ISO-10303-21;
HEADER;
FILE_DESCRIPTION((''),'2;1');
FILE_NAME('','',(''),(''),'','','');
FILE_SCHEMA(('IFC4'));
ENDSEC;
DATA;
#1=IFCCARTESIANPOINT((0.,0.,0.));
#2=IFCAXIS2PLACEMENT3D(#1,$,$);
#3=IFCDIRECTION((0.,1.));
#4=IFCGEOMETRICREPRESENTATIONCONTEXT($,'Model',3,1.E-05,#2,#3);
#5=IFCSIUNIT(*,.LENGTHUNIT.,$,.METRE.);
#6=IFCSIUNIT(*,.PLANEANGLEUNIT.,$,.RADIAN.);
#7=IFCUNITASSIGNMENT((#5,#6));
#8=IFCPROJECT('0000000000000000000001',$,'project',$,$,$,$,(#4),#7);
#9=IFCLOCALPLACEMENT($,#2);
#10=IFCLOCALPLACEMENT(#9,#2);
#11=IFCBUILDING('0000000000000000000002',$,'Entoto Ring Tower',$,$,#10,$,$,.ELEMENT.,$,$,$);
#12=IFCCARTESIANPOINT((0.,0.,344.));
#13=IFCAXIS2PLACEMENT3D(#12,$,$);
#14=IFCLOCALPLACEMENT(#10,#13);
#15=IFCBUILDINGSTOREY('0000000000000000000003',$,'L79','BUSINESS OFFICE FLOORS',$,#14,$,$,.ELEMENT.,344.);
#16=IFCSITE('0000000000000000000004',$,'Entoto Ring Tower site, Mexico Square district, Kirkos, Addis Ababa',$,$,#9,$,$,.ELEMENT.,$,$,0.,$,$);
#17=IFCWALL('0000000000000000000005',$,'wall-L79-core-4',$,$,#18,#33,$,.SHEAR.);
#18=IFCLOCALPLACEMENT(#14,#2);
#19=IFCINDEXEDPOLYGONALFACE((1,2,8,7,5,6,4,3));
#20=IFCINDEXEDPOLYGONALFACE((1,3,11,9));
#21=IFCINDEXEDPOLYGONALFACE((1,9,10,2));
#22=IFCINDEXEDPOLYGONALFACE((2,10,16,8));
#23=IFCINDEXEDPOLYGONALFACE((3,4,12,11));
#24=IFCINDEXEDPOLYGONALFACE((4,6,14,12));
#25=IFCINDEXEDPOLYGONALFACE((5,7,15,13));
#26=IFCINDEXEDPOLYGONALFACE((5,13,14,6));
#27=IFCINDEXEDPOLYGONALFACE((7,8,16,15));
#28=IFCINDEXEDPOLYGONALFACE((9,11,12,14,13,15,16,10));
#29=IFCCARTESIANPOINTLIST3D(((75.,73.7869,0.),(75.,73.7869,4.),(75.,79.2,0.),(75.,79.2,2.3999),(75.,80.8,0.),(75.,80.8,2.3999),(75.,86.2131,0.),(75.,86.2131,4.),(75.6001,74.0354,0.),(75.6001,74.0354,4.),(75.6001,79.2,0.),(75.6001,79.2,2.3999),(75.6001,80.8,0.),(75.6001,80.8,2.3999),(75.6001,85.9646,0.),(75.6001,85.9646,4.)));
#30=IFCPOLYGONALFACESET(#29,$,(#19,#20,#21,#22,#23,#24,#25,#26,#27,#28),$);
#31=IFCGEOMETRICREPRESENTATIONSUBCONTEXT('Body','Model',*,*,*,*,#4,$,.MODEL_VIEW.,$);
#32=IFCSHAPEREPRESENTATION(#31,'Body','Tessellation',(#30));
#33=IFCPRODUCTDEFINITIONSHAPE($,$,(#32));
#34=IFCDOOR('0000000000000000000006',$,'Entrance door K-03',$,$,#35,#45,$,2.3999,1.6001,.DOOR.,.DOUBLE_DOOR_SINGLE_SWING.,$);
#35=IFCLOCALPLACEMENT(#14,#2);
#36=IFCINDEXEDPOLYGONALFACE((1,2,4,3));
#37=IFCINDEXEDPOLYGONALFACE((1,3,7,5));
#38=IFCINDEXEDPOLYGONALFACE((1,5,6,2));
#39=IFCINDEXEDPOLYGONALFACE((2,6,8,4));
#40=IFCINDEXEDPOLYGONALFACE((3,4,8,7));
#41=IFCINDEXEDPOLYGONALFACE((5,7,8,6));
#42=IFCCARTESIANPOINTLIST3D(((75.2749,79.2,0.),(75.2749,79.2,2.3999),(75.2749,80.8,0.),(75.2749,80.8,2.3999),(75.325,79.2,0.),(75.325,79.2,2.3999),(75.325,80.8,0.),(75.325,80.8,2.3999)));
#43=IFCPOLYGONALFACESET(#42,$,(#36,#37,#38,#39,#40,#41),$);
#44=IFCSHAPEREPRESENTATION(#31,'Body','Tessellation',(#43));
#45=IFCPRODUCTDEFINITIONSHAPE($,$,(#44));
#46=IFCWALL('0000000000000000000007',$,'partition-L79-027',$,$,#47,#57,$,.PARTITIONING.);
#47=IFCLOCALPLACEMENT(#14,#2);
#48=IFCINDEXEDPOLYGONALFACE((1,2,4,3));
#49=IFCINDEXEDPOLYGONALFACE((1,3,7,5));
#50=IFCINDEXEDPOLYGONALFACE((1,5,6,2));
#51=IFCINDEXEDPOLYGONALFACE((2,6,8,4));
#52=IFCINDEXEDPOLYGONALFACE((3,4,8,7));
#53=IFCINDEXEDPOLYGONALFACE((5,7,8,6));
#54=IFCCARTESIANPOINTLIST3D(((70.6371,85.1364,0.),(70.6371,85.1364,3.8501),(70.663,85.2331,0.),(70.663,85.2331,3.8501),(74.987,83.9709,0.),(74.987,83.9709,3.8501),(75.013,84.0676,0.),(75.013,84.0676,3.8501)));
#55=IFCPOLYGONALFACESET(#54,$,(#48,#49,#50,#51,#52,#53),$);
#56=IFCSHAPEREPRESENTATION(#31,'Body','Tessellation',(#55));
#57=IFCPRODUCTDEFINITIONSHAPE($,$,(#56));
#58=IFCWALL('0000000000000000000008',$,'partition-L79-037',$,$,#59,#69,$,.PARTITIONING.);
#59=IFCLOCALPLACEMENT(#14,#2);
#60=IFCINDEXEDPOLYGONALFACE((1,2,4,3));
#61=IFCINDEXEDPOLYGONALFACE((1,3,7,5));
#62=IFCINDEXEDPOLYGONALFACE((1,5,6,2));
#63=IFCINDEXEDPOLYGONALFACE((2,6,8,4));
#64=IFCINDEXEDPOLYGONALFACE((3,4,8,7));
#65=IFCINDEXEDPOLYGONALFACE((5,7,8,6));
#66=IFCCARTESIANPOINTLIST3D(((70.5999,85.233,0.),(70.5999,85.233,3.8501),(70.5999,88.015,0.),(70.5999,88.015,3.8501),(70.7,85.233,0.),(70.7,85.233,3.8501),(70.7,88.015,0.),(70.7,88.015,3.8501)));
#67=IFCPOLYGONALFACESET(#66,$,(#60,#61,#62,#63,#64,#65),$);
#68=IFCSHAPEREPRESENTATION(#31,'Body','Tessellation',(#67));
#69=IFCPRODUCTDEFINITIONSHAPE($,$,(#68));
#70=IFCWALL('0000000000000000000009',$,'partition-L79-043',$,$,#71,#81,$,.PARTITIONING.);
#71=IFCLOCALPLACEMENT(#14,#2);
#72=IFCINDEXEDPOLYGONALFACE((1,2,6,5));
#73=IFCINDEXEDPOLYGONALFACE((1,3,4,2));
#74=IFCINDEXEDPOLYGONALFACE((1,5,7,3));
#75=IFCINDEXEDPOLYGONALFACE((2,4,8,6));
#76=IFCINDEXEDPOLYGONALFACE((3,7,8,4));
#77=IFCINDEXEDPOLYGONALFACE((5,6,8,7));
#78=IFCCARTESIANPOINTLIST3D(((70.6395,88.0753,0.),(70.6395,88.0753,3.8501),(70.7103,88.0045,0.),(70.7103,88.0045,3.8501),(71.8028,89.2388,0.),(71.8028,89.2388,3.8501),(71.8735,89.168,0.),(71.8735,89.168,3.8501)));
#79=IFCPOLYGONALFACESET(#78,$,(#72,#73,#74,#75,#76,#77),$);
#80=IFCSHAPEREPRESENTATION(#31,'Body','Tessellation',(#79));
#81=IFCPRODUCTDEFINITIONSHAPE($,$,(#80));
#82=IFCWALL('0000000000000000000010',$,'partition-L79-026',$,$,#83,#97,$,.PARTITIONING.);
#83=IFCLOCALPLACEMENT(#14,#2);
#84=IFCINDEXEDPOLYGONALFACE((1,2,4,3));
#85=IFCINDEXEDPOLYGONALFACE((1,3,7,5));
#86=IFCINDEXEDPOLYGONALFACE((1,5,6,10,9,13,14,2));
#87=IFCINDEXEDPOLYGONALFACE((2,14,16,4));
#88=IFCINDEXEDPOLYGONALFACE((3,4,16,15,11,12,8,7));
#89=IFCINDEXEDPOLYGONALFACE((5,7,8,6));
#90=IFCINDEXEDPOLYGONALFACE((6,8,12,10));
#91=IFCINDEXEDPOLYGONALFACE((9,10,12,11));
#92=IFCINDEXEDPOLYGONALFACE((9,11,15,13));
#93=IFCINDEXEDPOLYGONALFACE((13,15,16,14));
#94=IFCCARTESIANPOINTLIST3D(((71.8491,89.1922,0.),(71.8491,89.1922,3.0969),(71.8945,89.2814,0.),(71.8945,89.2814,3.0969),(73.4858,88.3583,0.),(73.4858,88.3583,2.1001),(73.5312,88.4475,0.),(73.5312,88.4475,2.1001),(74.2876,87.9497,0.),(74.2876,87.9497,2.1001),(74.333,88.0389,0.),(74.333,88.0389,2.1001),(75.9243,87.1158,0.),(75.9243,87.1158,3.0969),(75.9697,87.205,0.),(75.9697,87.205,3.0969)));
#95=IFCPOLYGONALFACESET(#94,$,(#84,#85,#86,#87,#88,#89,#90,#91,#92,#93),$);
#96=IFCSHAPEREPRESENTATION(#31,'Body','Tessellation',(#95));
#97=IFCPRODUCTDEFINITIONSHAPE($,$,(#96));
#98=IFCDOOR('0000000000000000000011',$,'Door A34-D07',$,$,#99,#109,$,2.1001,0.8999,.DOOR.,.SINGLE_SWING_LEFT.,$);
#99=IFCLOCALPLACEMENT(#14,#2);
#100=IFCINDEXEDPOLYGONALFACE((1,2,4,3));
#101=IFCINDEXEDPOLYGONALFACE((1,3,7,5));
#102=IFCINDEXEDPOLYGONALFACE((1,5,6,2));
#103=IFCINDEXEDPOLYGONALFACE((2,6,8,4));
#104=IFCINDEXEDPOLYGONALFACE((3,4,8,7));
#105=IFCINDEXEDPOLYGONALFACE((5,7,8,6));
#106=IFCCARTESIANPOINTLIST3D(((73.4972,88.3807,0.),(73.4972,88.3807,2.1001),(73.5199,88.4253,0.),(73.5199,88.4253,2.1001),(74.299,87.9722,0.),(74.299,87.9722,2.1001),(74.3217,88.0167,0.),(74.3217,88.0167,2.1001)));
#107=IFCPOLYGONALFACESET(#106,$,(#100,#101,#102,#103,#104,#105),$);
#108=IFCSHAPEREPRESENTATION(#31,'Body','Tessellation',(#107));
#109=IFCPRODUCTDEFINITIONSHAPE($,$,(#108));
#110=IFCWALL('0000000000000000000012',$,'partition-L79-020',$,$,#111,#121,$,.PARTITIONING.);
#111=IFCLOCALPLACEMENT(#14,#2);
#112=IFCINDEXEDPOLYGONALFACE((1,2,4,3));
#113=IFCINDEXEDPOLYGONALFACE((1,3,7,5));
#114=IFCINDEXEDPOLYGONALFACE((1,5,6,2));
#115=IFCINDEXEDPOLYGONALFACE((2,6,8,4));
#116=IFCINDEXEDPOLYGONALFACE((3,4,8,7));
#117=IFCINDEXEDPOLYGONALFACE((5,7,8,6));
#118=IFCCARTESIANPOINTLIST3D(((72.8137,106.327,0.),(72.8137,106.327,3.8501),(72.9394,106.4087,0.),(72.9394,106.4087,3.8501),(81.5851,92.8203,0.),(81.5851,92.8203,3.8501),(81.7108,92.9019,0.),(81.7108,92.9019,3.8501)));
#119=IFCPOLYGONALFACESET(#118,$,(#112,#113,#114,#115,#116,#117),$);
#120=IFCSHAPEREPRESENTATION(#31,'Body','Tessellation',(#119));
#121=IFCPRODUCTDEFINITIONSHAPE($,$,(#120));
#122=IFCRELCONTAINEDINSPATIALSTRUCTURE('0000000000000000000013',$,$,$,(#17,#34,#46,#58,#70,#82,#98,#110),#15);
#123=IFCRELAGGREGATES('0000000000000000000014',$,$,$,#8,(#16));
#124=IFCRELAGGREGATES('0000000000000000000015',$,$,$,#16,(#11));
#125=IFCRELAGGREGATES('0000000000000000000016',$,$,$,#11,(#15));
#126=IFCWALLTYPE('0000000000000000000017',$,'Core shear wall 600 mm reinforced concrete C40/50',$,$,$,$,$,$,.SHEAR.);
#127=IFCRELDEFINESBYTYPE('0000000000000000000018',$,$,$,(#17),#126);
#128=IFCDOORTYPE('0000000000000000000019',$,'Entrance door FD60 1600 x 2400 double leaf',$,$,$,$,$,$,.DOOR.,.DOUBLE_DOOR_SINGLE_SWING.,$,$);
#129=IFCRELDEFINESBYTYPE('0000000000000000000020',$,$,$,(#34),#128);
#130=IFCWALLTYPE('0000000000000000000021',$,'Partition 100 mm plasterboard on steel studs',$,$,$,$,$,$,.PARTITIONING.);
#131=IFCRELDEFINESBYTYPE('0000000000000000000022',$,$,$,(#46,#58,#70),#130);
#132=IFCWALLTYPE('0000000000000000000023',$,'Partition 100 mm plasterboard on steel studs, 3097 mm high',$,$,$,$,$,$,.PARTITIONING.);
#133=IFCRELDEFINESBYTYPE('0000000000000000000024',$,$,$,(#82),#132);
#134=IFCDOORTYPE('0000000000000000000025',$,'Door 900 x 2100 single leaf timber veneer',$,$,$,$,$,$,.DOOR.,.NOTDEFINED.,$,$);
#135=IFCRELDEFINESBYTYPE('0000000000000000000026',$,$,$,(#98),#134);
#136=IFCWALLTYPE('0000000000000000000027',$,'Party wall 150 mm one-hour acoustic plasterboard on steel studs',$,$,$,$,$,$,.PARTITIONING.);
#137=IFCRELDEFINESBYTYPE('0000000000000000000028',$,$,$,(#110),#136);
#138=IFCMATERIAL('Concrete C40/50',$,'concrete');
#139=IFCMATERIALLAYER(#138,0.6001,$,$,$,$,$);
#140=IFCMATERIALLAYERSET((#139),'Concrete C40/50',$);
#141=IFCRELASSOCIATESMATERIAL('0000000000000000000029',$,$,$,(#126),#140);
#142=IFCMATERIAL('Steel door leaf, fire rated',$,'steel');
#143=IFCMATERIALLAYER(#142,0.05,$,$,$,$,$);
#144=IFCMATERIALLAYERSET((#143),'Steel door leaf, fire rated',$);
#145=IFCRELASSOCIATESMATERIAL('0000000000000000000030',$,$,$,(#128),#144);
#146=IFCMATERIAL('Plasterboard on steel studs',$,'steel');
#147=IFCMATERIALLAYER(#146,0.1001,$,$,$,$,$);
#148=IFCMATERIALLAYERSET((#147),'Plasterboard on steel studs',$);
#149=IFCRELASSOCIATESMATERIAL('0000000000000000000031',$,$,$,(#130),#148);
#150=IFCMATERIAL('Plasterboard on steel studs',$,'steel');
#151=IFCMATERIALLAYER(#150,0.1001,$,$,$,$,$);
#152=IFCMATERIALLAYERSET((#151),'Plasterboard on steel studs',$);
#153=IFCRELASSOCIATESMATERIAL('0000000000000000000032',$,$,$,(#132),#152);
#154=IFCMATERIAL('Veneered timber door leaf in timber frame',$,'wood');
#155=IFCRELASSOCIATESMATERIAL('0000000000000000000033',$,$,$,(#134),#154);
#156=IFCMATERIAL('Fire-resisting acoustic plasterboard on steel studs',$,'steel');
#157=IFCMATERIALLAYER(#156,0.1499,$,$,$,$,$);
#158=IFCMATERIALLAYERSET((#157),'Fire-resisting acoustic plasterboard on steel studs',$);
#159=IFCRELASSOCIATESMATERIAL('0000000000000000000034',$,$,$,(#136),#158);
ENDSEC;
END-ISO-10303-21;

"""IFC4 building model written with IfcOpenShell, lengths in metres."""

from ifc_helpers import new_model, si_unit, direction, frame, frame_2d, origin, place, context, subcontext, project, spatial, polyline, rectangle, outline, extrude, material, layer, layer_set, type_object, element, fill, save


model = new_model("IFC4")

# Units and contexts
model_context = context("Model", 3, precision=1e-05, world=origin(), true_north=direction((0.0, 1.0)))
body_context = subcontext(model_context, "Body", "Model", "MODEL_VIEW")
ifc_project = project(units=[si_unit("LENGTHUNIT", "METRE"), si_unit("PLANEANGLEUNIT", "RADIAN")], contexts=[model_context])

# Site, building, storey
site_placement = place(None, origin())
site = spatial("IfcSite", under=ifc_project, at=site_placement, Name="Entoto Ring Tower site, Mexico Square district, Kirkos, Addis Ababa", CompositionType="ELEMENT", RefElevation=0.0)
building_placement = place(site_placement, origin())
building = spatial("IfcBuilding", under=site, at=building_placement, Name="Entoto Ring Tower", CompositionType="ELEMENT")
storey_placement = place(building_placement, frame((0.0, 0.0, 344.0)))
storey = spatial("IfcBuildingStorey", under=building, at=storey_placement, Name="L79", Description="BUSINESS OFFICE FLOORS", CompositionType="ELEMENT", Elevation=344.0)

# Shared definitions
ifc_material_1 = material(Name="Concrete C40/50", Category="concrete")
ifc_layer_1 = layer(ifc_material_1, 0.6001)
ifc_layer_set_1 = layer_set([ifc_layer_1], Name="Concrete C40/50")
wall_type_1 = type_object("IfcWallType", Name="Core shear wall 600 mm reinforced concrete C40/50", PredefinedType="SHEAR", material=ifc_layer_set_1)

# Wall, opening, door
wall_1_placement = place(storey_placement, frame((75.3, 86.0889, 0.0), z_axis=(0.0, 0.0, 1.0), x_axis=(0.0, -1.0, 0.0)))
wall_1 = element("IfcWall", 1, at=wall_1_placement, inside=storey, type_object=wall_type_1, Name="wall-L79-core-4", PredefinedType="SHEAR", context=body_context, shape_type="SweptSolid", body=[
    extrude(outline(polyline([(-0.1243, -0.3), (12.302, -0.3), (12.0535, 0.3), (0.1243, 0.3), (-0.1243, -0.3)])), origin(), (0.0, 0.0, 1.0), 4.0),
])
opening_1_placement = place(wall_1_placement, frame((5.2888, 0.0, 0.0)))
opening_1 = element("IfcOpeningElement", 2, at=opening_1_placement, cuts=wall_1, PredefinedType="OPENING", context=body_context, shape_type="SweptSolid", body=[
    extrude(rectangle(XDim=1.6001, YDim=2.3999, at=frame_2d((0.8, 1.2))), frame((0.0, 0.3101, 0.0), z_axis=(0.0, -1.0, 0.0), x_axis=(1.0, 0.0, 0.0)), (0.0, 0.0, 1.0), 0.6201),
])
ifc_material_2 = material(Name="Steel door leaf, fire rated", Category="steel")
ifc_layer_2 = layer(ifc_material_2, 0.05)
ifc_layer_set_2 = layer_set([ifc_layer_2], Name="Steel door leaf, fire rated")
door_type_1 = type_object("IfcDoorType", Name="Entrance door FD60 1600 x 2400 double leaf", OperationType="DOUBLE_DOOR_SINGLE_SWING", PredefinedType="DOOR", material=ifc_layer_set_2)
door_1_placement = place(opening_1_placement, origin())
door_1 = element("IfcDoor", 3, at=door_1_placement, inside=storey, type_object=door_type_1, Name="Entrance door K-03", OperationType="DOUBLE_DOOR_SINGLE_SWING", OverallHeight=2.3999, OverallWidth=1.6001, PredefinedType="DOOR", context=body_context, shape_type="SweptSolid", body=[
    extrude(rectangle(XDim=1.6001, YDim=2.3999, at=frame_2d((0.8, 1.2))), frame((0.0, 0.0249, 0.0), z_axis=(0.0, -1.0, 0.0), x_axis=(1.0, 0.0, 0.0)), (0.0, 0.0, 1.0), 0.05),
])
fill(opening_1, door_1)

# Walls
ifc_material_3 = material(Name="Plasterboard on steel studs", Category="steel")
ifc_layer_3 = layer(ifc_material_3, 0.1001)
ifc_layer_set_3 = layer_set([ifc_layer_3], Name="Plasterboard on steel studs")
wall_type_2 = type_object("IfcWallType", Name="Partition 100 mm plasterboard on steel studs", PredefinedType="PARTITIONING", material=ifc_layer_set_3)
wall_2_placement = place(storey_placement, frame((75.0, 84.0193, 0.0), z_axis=(0.0, 0.0, 1.0), x_axis=(-0.96593, 0.258803, 0.0)))
element("IfcWall", 4, at=wall_2_placement, inside=storey, type_object=wall_type_2, Name="partition-L79-027", PredefinedType="PARTITIONING", context=body_context, shape_type="SweptSolid", body=[
    extrude(rectangle(XDim=4.5034, YDim=0.1001, at=frame_2d((2.2517, 0.0))), origin(), (0.0, 0.0, 1.0), 3.8501),
])
wall_3_placement = place(storey_placement, frame((70.6499, 85.2329, 0.0), z_axis=(0.0, 0.0, 1.0), x_axis=(0.0, 1.0, 0.0)))
element("IfcWall", 5, at=wall_3_placement, inside=storey, type_object=wall_type_2, Name="partition-L79-037", PredefinedType="PARTITIONING", context=body_context, shape_type="SweptSolid", body=[
    extrude(rectangle(XDim=2.782, YDim=0.1001, at=frame_2d((1.3911, 0.0))), origin(), (0.0, 0.0, 1.0), 3.8501),
])
wall_4_placement = place(storey_placement, frame((70.6748, 88.0398, 0.0), z_axis=(0.0, 0.0, 1.0), x_axis=(0.707033, 0.707181, 0.0)))
element("IfcWall", 6, at=wall_4_placement, inside=storey, type_object=wall_type_2, Name="partition-L79-043", PredefinedType="PARTITIONING", context=body_context, shape_type="SweptSolid", body=[
    extrude(rectangle(XDim=1.6453, YDim=0.1001, at=frame_2d((0.8228, 0.0))), origin(), (0.0, 0.0, 1.0), 3.8501),
])

# Wall, opening, door
ifc_material_4 = material(Name="Plasterboard on steel studs", Category="steel")
ifc_layer_4 = layer(ifc_material_4, 0.1001)
ifc_layer_set_4 = layer_set([ifc_layer_4], Name="Plasterboard on steel studs")
wall_type_3 = type_object("IfcWallType", Name="Partition 100 mm plasterboard on steel studs, 3097 mm high", PredefinedType="PARTITIONING", material=ifc_layer_set_4)
wall_5_placement = place(storey_placement, frame((75.947, 87.1604, 0.0), z_axis=(0.0, 0.0, 1.0), x_axis=(-0.891006, 0.453991, 0.0)))
wall_5 = element("IfcWall", 7, at=wall_5_placement, inside=storey, type_object=wall_type_3, Name="partition-L79-026", PredefinedType="PARTITIONING", context=body_context, shape_type="SweptSolid", body=[
    extrude(rectangle(XDim=4.5737, YDim=0.1001, at=frame_2d((2.2869, 0.0))), origin(), (0.0, 0.0, 1.0), 3.0969),
])
opening_2_placement = place(wall_5_placement, frame((1.8369, 0.0, 0.0)))
opening_2 = element("IfcOpeningElement", 8, at=opening_2_placement, cuts=wall_5, PredefinedType="OPENING", context=body_context, shape_type="SweptSolid", body=[
    extrude(rectangle(XDim=0.8999, YDim=2.1001, at=frame_2d((0.45, 1.05))), frame((0.0, 0.0601, 0.0), z_axis=(0.0, -1.0, 0.0), x_axis=(1.0, 0.0, 0.0)), (0.0, 0.0, 1.0), 0.1201),
])
ifc_material_5 = material(Name="Veneered timber door leaf in timber frame", Category="wood")
door_type_2 = type_object("IfcDoorType", Name="Door 900 x 2100 single leaf timber veneer", OperationType="NOTDEFINED", PredefinedType="DOOR", material=ifc_material_5)
door_2_placement = place(opening_2_placement, origin())
door_2 = element("IfcDoor", 9, at=door_2_placement, inside=storey, type_object=door_type_2, Name="Door A34-D07", OperationType="SINGLE_SWING_LEFT", OverallHeight=2.1001, OverallWidth=0.8999, PredefinedType="DOOR", context=body_context, shape_type="SweptSolid", body=[
    extrude(rectangle(XDim=0.8999, YDim=2.1001, at=frame_2d((0.45, 1.05))), frame((0.0, 0.0249, 0.0), z_axis=(0.0, -1.0, 0.0), x_axis=(1.0, 0.0, 0.0)), (0.0, 0.0, 1.0), 0.05),
])
fill(opening_2, door_2)

# Wall
ifc_material_6 = material(Name="Fire-resisting acoustic plasterboard on steel studs", Category="steel")
ifc_layer_5 = layer(ifc_material_6, 0.1499)
ifc_layer_set_5 = layer_set([ifc_layer_5], Name="Fire-resisting acoustic plasterboard on steel studs")
wall_type_4 = type_object("IfcWallType", Name="Party wall 150 mm one-hour acoustic plasterboard on steel studs", PredefinedType="PARTITIONING", material=ifc_layer_set_5)
wall_6_placement = place(storey_placement, frame((81.6479, 92.8611, 0.0), z_axis=(0.0, 0.0, 1.0), x_axis=(-0.544641, 0.838669, 0.0)))
element("IfcWall", 10, at=wall_6_placement, inside=storey, type_object=wall_type_4, Name="partition-L79-020", PredefinedType="PARTITIONING", context=body_context, shape_type="SweptSolid", body=[
    extrude(rectangle(XDim=16.105, YDim=0.1499, at=frame_2d((8.0525, 0.0))), origin(), (0.0, 0.0, 1.0), 3.8501),
])

save(model, "model.ifc")
